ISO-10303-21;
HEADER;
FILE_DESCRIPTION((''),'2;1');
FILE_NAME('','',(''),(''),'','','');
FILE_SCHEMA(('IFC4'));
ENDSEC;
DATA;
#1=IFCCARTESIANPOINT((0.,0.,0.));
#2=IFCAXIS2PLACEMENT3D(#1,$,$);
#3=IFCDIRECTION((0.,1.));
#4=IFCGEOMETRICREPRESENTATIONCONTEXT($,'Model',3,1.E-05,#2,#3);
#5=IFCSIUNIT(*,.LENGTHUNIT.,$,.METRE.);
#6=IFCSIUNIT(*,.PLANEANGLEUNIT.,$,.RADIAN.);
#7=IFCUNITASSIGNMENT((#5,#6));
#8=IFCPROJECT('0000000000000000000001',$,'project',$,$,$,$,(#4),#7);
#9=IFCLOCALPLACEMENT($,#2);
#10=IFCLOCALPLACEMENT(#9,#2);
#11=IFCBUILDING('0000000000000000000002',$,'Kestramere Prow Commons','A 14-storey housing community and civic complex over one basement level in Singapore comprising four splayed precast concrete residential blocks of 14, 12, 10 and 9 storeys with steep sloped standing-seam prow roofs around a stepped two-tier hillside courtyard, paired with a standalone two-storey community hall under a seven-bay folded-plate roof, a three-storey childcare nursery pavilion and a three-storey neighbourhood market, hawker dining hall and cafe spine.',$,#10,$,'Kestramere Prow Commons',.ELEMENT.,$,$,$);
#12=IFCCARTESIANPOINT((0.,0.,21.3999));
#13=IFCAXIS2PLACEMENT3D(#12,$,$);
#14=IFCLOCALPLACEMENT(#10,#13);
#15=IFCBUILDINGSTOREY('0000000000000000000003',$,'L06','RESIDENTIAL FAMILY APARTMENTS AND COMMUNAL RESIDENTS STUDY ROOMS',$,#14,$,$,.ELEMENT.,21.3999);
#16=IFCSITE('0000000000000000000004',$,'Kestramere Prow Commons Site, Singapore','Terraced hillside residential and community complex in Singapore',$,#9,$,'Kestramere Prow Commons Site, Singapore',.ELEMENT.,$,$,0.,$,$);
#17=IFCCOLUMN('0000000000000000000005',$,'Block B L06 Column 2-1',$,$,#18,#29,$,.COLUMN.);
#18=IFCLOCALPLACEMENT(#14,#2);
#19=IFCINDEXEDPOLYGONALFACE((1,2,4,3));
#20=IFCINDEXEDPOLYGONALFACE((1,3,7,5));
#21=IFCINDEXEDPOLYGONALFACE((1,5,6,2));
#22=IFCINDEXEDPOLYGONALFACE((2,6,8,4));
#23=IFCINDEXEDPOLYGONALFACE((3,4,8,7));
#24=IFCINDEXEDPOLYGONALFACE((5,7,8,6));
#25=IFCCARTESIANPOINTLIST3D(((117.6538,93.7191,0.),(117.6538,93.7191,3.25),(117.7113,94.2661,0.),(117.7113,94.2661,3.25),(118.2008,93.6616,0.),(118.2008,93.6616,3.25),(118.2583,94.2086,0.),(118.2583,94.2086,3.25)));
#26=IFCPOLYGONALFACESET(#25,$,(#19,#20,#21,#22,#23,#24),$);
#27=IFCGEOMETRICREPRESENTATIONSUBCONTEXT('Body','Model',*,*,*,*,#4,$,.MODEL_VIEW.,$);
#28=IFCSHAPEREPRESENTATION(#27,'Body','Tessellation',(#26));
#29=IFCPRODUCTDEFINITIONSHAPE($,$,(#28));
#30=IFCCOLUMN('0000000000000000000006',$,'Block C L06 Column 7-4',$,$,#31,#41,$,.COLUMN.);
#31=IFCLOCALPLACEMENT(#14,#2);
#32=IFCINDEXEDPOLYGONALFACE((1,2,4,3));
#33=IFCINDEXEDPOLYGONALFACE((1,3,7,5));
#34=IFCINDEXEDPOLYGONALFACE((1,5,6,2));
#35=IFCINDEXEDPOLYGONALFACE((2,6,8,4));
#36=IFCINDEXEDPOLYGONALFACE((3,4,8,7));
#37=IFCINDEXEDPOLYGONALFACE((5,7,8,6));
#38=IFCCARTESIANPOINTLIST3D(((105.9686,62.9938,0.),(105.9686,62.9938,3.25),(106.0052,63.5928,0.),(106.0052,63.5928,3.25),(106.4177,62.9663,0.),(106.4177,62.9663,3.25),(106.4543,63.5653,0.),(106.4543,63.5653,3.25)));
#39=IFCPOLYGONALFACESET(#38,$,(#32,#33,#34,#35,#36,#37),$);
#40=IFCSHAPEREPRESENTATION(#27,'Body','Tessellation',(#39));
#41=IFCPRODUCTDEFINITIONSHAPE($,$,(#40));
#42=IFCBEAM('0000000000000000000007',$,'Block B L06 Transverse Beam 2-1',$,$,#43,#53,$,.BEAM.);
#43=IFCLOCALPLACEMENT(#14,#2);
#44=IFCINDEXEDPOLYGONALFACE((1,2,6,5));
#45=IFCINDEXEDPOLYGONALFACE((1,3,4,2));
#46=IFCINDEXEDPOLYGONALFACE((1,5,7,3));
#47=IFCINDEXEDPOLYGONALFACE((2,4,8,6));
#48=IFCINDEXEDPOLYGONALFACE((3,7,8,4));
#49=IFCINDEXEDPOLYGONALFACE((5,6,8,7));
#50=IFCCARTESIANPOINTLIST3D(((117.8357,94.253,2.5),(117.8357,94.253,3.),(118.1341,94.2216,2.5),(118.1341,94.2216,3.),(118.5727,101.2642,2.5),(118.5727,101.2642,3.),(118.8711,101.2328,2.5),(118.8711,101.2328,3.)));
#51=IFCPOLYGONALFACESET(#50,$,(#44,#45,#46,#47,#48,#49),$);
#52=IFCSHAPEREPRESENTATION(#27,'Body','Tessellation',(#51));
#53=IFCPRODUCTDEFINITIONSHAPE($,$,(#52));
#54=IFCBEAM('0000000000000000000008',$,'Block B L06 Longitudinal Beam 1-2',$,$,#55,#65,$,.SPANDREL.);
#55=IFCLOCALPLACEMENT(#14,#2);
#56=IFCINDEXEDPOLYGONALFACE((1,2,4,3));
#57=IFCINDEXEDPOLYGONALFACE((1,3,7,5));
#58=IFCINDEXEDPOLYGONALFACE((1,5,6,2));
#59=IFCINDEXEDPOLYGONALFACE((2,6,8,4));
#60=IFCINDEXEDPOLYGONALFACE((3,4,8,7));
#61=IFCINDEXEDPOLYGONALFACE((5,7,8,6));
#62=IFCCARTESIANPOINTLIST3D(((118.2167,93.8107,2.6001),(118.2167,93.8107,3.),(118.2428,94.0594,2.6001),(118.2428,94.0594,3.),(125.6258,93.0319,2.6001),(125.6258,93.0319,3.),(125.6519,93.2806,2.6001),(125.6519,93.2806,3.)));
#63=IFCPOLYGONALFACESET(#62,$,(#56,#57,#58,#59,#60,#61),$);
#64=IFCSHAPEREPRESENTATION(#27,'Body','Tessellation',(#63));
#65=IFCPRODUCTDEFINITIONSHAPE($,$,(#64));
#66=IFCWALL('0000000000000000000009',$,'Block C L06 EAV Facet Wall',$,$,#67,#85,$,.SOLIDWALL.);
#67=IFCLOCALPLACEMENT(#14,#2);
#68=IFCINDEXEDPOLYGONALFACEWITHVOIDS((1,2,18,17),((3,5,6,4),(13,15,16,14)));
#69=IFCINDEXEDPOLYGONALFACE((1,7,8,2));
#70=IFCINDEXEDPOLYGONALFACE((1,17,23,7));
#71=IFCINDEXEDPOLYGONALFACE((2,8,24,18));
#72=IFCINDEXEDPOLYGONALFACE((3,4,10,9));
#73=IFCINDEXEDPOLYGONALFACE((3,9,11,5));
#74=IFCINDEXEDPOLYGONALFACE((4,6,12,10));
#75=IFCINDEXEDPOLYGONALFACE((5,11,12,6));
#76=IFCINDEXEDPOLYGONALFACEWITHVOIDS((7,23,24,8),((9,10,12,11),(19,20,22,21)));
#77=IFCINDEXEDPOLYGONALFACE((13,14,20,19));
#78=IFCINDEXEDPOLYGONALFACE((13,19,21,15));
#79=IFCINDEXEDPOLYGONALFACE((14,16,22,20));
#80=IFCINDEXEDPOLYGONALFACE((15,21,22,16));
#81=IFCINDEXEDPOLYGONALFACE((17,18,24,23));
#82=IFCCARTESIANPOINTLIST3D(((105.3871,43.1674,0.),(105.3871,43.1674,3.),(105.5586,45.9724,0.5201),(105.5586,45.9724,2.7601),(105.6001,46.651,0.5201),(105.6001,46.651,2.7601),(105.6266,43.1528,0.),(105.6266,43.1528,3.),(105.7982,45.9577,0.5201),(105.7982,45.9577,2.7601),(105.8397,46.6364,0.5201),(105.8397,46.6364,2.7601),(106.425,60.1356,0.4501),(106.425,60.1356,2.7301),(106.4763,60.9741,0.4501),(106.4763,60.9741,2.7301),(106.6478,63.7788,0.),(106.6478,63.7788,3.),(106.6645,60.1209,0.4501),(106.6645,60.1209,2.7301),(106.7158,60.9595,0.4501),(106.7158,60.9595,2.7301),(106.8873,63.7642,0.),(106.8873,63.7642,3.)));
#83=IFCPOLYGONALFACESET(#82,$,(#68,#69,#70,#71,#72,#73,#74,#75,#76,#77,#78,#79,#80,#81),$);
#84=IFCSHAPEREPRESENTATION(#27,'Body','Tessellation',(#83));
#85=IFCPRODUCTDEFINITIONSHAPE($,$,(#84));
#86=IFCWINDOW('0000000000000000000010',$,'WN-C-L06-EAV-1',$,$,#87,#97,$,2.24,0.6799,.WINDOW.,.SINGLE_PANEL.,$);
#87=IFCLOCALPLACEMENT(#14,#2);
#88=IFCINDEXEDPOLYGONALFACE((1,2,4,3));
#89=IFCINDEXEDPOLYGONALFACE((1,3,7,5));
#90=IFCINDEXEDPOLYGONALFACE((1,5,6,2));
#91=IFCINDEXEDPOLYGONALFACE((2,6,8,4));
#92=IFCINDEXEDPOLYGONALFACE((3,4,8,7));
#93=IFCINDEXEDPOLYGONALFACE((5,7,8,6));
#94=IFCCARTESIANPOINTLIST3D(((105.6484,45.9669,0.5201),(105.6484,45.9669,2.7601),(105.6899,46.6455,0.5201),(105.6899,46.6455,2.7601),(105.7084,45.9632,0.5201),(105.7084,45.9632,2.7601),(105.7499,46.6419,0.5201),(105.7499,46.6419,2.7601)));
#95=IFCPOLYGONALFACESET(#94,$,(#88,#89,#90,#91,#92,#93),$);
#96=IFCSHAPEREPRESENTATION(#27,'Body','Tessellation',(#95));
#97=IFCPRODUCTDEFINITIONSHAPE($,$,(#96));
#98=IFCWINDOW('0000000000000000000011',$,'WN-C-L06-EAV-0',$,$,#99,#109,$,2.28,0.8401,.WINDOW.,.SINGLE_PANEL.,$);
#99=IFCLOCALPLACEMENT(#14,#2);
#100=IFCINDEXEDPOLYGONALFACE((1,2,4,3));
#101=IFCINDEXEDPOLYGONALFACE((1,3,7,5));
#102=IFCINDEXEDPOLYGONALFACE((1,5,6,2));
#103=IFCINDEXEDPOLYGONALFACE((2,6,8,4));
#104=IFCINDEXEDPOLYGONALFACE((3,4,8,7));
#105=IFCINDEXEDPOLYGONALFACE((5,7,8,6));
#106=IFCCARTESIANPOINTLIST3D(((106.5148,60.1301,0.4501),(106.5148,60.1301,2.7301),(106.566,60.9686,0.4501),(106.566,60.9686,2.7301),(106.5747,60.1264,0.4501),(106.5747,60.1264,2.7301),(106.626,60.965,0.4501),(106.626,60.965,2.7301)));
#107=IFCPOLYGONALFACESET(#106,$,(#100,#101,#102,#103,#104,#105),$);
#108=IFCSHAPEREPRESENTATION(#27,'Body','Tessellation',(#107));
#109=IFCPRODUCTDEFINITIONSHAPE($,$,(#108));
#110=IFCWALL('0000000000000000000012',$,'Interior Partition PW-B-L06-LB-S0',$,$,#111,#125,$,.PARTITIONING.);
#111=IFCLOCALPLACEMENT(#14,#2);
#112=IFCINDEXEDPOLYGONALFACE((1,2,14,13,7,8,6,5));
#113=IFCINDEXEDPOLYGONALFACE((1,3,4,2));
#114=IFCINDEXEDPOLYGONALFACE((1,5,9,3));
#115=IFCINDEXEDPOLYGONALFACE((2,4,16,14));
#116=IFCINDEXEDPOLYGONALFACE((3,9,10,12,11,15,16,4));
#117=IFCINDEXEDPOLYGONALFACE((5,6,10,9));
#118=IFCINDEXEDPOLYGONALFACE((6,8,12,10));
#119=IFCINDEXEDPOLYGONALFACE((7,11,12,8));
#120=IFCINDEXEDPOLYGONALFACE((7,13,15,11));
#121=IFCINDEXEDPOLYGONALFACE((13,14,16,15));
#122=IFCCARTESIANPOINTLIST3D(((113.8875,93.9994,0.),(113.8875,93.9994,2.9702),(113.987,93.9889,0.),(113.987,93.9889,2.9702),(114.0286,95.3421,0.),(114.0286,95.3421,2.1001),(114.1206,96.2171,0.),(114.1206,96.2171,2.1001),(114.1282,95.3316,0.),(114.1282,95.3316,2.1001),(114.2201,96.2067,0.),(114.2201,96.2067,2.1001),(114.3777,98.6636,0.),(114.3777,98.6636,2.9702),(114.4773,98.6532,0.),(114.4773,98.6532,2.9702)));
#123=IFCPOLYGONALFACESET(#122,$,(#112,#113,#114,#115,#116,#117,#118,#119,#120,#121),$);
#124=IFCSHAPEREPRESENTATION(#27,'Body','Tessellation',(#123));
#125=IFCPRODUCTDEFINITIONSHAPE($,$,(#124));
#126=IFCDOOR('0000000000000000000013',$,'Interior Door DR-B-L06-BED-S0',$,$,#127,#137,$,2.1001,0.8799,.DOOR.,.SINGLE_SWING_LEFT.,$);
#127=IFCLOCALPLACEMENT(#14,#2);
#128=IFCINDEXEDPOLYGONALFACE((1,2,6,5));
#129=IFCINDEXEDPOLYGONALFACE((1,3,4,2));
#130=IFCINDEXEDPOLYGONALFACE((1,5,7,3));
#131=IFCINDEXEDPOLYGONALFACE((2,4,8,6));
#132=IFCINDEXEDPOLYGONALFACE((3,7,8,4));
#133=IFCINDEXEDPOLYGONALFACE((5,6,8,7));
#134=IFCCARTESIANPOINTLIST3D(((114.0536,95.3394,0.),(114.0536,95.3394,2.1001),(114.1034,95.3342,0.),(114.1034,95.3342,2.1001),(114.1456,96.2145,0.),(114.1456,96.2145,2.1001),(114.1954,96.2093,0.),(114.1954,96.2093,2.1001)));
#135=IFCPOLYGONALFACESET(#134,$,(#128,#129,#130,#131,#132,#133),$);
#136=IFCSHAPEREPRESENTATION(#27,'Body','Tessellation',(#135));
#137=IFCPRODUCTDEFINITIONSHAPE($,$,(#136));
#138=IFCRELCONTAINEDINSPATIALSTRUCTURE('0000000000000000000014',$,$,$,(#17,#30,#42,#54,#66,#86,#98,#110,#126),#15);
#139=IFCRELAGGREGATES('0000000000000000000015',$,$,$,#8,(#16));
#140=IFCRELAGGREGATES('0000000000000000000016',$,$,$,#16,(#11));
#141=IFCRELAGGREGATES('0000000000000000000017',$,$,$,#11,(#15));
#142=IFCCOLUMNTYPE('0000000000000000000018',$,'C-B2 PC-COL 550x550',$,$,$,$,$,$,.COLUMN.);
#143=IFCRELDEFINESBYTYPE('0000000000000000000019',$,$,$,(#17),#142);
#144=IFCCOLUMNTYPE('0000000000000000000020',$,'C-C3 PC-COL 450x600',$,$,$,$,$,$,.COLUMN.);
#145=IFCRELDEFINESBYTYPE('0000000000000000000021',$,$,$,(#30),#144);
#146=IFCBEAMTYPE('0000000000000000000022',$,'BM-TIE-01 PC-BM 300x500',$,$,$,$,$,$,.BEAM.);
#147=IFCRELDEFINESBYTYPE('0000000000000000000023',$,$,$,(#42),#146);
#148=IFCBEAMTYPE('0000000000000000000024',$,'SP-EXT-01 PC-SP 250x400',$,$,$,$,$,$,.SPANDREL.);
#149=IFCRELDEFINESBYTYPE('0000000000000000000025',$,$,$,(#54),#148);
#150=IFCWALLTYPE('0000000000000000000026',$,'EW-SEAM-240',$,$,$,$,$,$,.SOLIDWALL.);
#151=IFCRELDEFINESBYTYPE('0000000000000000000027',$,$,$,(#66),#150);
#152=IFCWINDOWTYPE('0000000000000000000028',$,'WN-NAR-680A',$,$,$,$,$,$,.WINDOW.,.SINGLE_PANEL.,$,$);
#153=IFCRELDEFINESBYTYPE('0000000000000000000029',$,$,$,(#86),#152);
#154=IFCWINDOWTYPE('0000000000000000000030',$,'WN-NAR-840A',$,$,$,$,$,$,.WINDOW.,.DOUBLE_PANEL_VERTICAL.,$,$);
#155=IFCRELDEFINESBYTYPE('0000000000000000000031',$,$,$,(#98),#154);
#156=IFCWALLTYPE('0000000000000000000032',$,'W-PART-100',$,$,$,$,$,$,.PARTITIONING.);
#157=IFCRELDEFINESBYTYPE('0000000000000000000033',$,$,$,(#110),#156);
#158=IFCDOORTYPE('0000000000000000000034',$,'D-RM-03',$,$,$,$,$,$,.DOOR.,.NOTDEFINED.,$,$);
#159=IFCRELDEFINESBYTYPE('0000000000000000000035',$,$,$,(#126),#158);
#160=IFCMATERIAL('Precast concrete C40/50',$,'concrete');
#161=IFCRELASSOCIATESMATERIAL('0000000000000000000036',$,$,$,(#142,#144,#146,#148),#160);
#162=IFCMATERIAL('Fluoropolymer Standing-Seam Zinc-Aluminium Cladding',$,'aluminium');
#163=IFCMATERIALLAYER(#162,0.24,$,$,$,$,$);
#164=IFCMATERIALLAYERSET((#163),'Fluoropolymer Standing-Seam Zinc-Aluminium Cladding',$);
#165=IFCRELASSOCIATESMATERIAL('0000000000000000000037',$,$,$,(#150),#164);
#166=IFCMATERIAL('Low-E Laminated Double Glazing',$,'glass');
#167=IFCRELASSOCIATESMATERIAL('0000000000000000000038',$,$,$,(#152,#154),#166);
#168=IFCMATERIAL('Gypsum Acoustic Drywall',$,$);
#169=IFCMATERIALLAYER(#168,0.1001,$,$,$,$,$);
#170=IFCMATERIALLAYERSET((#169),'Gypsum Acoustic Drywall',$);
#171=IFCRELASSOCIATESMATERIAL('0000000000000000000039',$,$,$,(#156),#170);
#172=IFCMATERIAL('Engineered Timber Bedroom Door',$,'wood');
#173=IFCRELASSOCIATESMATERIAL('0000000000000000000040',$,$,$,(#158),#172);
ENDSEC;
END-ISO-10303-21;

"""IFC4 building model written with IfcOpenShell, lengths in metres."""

from ifc_helpers import new_model, si_unit, direction, frame, frame_2d, origin, origin_2d, place, context, subcontext, project, spatial, rectangle, extrude, material, layer, layer_set, material_profile, profile_set, type_object, element, fill, save


model = new_model("IFC4")

# Units and contexts
model_context = context("Model", 3, precision=1e-05, world=origin(), true_north=direction((0.0, 1.0)))
body_context = subcontext(model_context, "Body", "Model", "MODEL_VIEW")
ifc_project = project(units=[si_unit("LENGTHUNIT", "METRE"), si_unit("PLANEANGLEUNIT", "RADIAN")], contexts=[model_context])

# Site, building, storey
site_placement = place(None, origin())
site = spatial("IfcSite", under=ifc_project, at=site_placement, Name="Kestramere Prow Commons Site, Singapore", Description="Terraced hillside residential and community complex in Singapore", LongName="Kestramere Prow Commons Site, Singapore", CompositionType="ELEMENT", RefElevation=0.0)
building_placement = place(site_placement, origin())
building = spatial("IfcBuilding", under=site, at=building_placement, Name="Kestramere Prow Commons", Description="A 14-storey housing community and civic complex over one basement level in Singapore comprising four splayed precast concrete residential blocks of 14, 12, 10 and 9 storeys with steep sloped standing-seam prow roofs around a stepped two-tier hillside courtyard, paired with a standalone two-storey community hall under a seven-bay folded-plate roof, a three-storey childcare nursery pavilion and a three-storey neighbourhood market, hawker dining hall and cafe spine.", LongName="Kestramere Prow Commons", CompositionType="ELEMENT")
storey_placement = place(building_placement, frame((0.0, 0.0, 21.3999)))
storey = spatial("IfcBuildingStorey", under=building, at=storey_placement, Name="L06", Description="RESIDENTIAL FAMILY APARTMENTS AND COMMUNAL RESIDENTS STUDY ROOMS", CompositionType="ELEMENT", Elevation=21.3999)

# Columns
ifc_material_1 = material(Name="Precast concrete C40/50", Category="concrete")
ifc_material_profile_1 = material_profile(ifc_material_1, rectangle(XDim=0.55, YDim=0.55, at=origin_2d()), Name="PC-COL 550x550")
ifc_profile_set_1 = profile_set([ifc_material_profile_1], Name="Precast concrete C40/50")
column_type_1 = type_object("IfcColumnType", Name="C-B2 PC-COL 550x550", PredefinedType="COLUMN", material=ifc_profile_set_1)
column_1_placement = place(storey_placement, frame((117.9561, 93.9639, 0.0), z_axis=(0.0, 0.0, 1.0), x_axis=(0.994522, -0.104528, 0.0)))
element("IfcColumn", 1, at=column_1_placement, inside=storey, type_object=column_type_1, Name="Block B L06 Column 2-1", PredefinedType="COLUMN", context=body_context, shape_type="SweptSolid", body=[
    extrude(rectangle(XDim=0.55, YDim=0.55, at=origin_2d()), origin(), (0.0, 0.0, 1.0), 3.25),
])
ifc_material_profile_2 = material_profile(ifc_material_1, rectangle(XDim=0.45, YDim=0.6001, at=origin_2d()), Name="PC-COL 450x600")
ifc_profile_set_2 = profile_set([ifc_material_profile_2], Name="Precast concrete C40/50")
column_type_2 = type_object("IfcColumnType", Name="C-C3 PC-COL 450x600", PredefinedType="COLUMN", material=ifc_profile_set_2)
column_2_placement = place(storey_placement, frame((106.2114, 63.2795, 0.0), z_axis=(0.0, 0.0, 1.0), x_axis=(0.998135, -0.061049, 0.0)))
element("IfcColumn", 2, at=column_2_placement, inside=storey, type_object=column_type_2, Name="Block C L06 Column 7-4", PredefinedType="COLUMN", context=body_context, shape_type="SweptSolid", body=[
    extrude(rectangle(XDim=0.45, YDim=0.6001, at=origin_2d()), origin(), (0.0, 0.0, 1.0), 3.25),
])

# Beams
ifc_material_profile_3 = material_profile(ifc_material_1, rectangle(XDim=0.3, YDim=0.5, at=origin_2d()), Name="PC-BM 300x500")
ifc_profile_set_3 = profile_set([ifc_material_profile_3], Name="Precast concrete C40/50")
beam_type_1 = type_object("IfcBeamType", Name="BM-TIE-01 PC-BM 300x500", PredefinedType="BEAM", material=ifc_profile_set_3)
beam_1_placement = place(storey_placement, frame((117.9849, 94.2373, 2.75), z_axis=(0.10455, 0.99452, 0.0), x_axis=(-0.99452, 0.10455, 0.0)))
element("IfcBeam", 3, at=beam_1_placement, inside=storey, type_object=beam_type_1, Name="Block B L06 Transverse Beam 2-1", PredefinedType="BEAM", context=body_context, shape_type="SweptSolid", body=[
    extrude(rectangle(XDim=0.3, YDim=0.5, at=origin_2d()), origin(), (0.0, 0.0, 1.0), 7.0498),
])
ifc_material_profile_4 = material_profile(ifc_material_1, rectangle(XDim=0.25, YDim=0.3999, at=origin_2d()), Name="PC-SP 250x400")
ifc_profile_set_4 = profile_set([ifc_material_profile_4], Name="Precast concrete C40/50")
beam_type_2 = type_object("IfcBeamType", Name="SP-EXT-01 PC-SP 250x400", PredefinedType="SPANDREL", material=ifc_profile_set_4)
beam_2_placement = place(storey_placement, frame((118.2297, 93.9351, 2.8), z_axis=(0.994521, -0.104538, 0.0), x_axis=(0.104538, 0.994521, 0.0)))
element("IfcBeam", 4, at=beam_2_placement, inside=storey, type_object=beam_type_2, Name="Block B L06 Longitudinal Beam 1-2", PredefinedType="SPANDREL", context=body_context, shape_type="SweptSolid", body=[
    extrude(rectangle(XDim=0.25, YDim=0.3999, at=origin_2d()), origin(), (0.0, 0.0, 1.0), 7.45),
])

# Shared definitions
ifc_material_2 = material(Name="Fluoropolymer Standing-Seam Zinc-Aluminium Cladding", Category="aluminium")
ifc_layer_1 = layer(ifc_material_2, 0.24)
ifc_layer_set_1 = layer_set([ifc_layer_1], Name="Fluoropolymer Standing-Seam Zinc-Aluminium Cladding")
wall_type_1 = type_object("IfcWallType", Name="EW-SEAM-240", PredefinedType="SOLIDWALL", material=ifc_layer_set_1)
ifc_material_3 = material(Name="Low-E Laminated Double Glazing", Category="glass")

# Wall, openings, windows
wall_1_placement = place(storey_placement, frame((106.7676, 63.7715, 0.0), z_axis=(0.0, 0.0, 1.0), x_axis=(-0.061053, -0.998135, 0.0)))
wall_1 = element("IfcWall", 5, at=wall_1_placement, inside=storey, type_object=wall_type_1, Name="Block C L06 EAV Facet Wall", PredefinedType="SOLIDWALL", context=body_context, shape_type="SweptSolid", body=[
    extrude(rectangle(XDim=20.6499, YDim=0.24, at=frame_2d((10.325, 0.0))), origin(), (0.0, 0.0, 1.0), 3.0),
])
opening_1_placement = place(wall_1_placement, frame((2.8101, 0.0, 0.45)))
opening_1 = element("IfcOpeningElement", 6, at=opening_1_placement, cuts=wall_1, PredefinedType="OPENING", context=body_context, shape_type="SweptSolid", body=[
    extrude(rectangle(XDim=0.8401, YDim=2.28, at=frame_2d((0.4199, 1.1401))), frame((0.0, 0.135, 0.0), z_axis=(0.0, -1.0, 0.0), x_axis=(1.0, 0.0, 0.0)), (0.0, 0.0, 1.0), 0.27),
])
opening_2_placement = place(wall_1_placement, frame((17.1599, 0.0, 0.52)))
opening_2 = element("IfcOpeningElement", 7, at=opening_2_placement, cuts=wall_1, PredefinedType="OPENING", context=body_context, shape_type="SweptSolid", body=[
    extrude(rectangle(XDim=0.6799, YDim=2.24, at=frame_2d((0.3398, 1.1201))), frame((0.0, 0.135, 0.0), z_axis=(0.0, -1.0, 0.0), x_axis=(1.0, 0.0, 0.0)), (0.0, 0.0, 1.0), 0.27),
])
window_type_1 = type_object("IfcWindowType", Name="WN-NAR-680A", PartitioningType="SINGLE_PANEL", PredefinedType="WINDOW", material=ifc_material_3)
window_1_placement = place(opening_2_placement, origin())
window_1 = element("IfcWindow", 8, at=window_1_placement, inside=storey, type_object=window_type_1, Name="WN-C-L06-EAV-1", OverallHeight=2.24, OverallWidth=0.6799, PartitioningType="SINGLE_PANEL", PredefinedType="WINDOW", context=body_context, shape_type="SweptSolid", body=[
    extrude(rectangle(XDim=0.6799, YDim=2.24, at=frame_2d((0.3398, 1.1201))), frame((0.0, 0.03, 0.0), z_axis=(0.0, -1.0, 0.0), x_axis=(1.0, 0.0, 0.0)), (0.0, 0.0, 1.0), 0.0601),
])
fill(opening_2, window_1)
window_type_2 = type_object("IfcWindowType", Name="WN-NAR-840A", PartitioningType="DOUBLE_PANEL_VERTICAL", PredefinedType="WINDOW", material=ifc_material_3)
window_2_placement = place(opening_1_placement, origin())
window_2 = element("IfcWindow", 9, at=window_2_placement, inside=storey, type_object=window_type_2, Name="WN-C-L06-EAV-0", OverallHeight=2.28, OverallWidth=0.8401, PartitioningType="SINGLE_PANEL", PredefinedType="WINDOW", context=body_context, shape_type="SweptSolid", body=[
    extrude(rectangle(XDim=0.8401, YDim=2.28, at=frame_2d((0.4199, 1.1401))), frame((0.0, 0.03, 0.0), z_axis=(0.0, -1.0, 0.0), x_axis=(1.0, 0.0, 0.0)), (0.0, 0.0, 1.0), 0.0601),
])
fill(opening_1, window_2)

# Wall, opening, door
ifc_material_4 = material(Name="Gypsum Acoustic Drywall")
ifc_layer_2 = layer(ifc_material_4, 0.1001)
ifc_layer_set_2 = layer_set([ifc_layer_2], Name="Gypsum Acoustic Drywall")
wall_type_2 = type_object("IfcWallType", Name="W-PART-100", PredefinedType="PARTITIONING", material=ifc_layer_set_2)
wall_2_placement = place(storey_placement, frame((113.9373, 93.9941, 0.0), z_axis=(0.0, 0.0, 1.0), x_axis=(0.104528, 0.994522, 0.0)))
wall_2 = element("IfcWall", 10, at=wall_2_placement, inside=storey, type_object=wall_type_2, Name="Interior Partition PW-B-L06-LB-S0", PredefinedType="PARTITIONING", context=body_context, shape_type="SweptSolid", body=[
    extrude(rectangle(XDim=4.6899, YDim=0.1001, at=frame_2d((2.345, 0.0))), origin(), (0.0, 0.0, 1.0), 2.9702),
])
opening_3_placement = place(wall_2_placement, frame((1.3501, 0.0, 0.0)))
opening_3 = element("IfcOpeningElement", 11, at=opening_3_placement, cuts=wall_2, PredefinedType="OPENING", context=body_context, shape_type="SweptSolid", body=[
    extrude(rectangle(XDim=0.8799, YDim=2.1001, at=frame_2d((0.4399, 1.05))), frame((0.0, 0.0649, 0.0), z_axis=(0.0, -1.0, 0.0), x_axis=(1.0, 0.0, 0.0)), (0.0, 0.0, 1.0), 0.1301),
])
ifc_material_5 = material(Name="Engineered Timber Bedroom Door", Category="wood")
door_type_1 = type_object("IfcDoorType", Name="D-RM-03", OperationType="NOTDEFINED", PredefinedType="DOOR", material=ifc_material_5)
door_1_placement = place(opening_3_placement, origin())
door_1 = element("IfcDoor", 12, at=door_1_placement, inside=storey, type_object=door_type_1, Name="Interior Door DR-B-L06-BED-S0", OperationType="SINGLE_SWING_LEFT", OverallHeight=2.1001, OverallWidth=0.8799, PredefinedType="DOOR", context=body_context, shape_type="SweptSolid", body=[
    extrude(rectangle(XDim=0.8799, YDim=2.1001, at=frame_2d((0.4399, 1.05))), frame((0.0, 0.0249, 0.0), z_axis=(0.0, -1.0, 0.0), x_axis=(1.0, 0.0, 0.0)), (0.0, 0.0, 1.0), 0.05),
])
fill(opening_3, door_1)

save(model, "model.ifc")
